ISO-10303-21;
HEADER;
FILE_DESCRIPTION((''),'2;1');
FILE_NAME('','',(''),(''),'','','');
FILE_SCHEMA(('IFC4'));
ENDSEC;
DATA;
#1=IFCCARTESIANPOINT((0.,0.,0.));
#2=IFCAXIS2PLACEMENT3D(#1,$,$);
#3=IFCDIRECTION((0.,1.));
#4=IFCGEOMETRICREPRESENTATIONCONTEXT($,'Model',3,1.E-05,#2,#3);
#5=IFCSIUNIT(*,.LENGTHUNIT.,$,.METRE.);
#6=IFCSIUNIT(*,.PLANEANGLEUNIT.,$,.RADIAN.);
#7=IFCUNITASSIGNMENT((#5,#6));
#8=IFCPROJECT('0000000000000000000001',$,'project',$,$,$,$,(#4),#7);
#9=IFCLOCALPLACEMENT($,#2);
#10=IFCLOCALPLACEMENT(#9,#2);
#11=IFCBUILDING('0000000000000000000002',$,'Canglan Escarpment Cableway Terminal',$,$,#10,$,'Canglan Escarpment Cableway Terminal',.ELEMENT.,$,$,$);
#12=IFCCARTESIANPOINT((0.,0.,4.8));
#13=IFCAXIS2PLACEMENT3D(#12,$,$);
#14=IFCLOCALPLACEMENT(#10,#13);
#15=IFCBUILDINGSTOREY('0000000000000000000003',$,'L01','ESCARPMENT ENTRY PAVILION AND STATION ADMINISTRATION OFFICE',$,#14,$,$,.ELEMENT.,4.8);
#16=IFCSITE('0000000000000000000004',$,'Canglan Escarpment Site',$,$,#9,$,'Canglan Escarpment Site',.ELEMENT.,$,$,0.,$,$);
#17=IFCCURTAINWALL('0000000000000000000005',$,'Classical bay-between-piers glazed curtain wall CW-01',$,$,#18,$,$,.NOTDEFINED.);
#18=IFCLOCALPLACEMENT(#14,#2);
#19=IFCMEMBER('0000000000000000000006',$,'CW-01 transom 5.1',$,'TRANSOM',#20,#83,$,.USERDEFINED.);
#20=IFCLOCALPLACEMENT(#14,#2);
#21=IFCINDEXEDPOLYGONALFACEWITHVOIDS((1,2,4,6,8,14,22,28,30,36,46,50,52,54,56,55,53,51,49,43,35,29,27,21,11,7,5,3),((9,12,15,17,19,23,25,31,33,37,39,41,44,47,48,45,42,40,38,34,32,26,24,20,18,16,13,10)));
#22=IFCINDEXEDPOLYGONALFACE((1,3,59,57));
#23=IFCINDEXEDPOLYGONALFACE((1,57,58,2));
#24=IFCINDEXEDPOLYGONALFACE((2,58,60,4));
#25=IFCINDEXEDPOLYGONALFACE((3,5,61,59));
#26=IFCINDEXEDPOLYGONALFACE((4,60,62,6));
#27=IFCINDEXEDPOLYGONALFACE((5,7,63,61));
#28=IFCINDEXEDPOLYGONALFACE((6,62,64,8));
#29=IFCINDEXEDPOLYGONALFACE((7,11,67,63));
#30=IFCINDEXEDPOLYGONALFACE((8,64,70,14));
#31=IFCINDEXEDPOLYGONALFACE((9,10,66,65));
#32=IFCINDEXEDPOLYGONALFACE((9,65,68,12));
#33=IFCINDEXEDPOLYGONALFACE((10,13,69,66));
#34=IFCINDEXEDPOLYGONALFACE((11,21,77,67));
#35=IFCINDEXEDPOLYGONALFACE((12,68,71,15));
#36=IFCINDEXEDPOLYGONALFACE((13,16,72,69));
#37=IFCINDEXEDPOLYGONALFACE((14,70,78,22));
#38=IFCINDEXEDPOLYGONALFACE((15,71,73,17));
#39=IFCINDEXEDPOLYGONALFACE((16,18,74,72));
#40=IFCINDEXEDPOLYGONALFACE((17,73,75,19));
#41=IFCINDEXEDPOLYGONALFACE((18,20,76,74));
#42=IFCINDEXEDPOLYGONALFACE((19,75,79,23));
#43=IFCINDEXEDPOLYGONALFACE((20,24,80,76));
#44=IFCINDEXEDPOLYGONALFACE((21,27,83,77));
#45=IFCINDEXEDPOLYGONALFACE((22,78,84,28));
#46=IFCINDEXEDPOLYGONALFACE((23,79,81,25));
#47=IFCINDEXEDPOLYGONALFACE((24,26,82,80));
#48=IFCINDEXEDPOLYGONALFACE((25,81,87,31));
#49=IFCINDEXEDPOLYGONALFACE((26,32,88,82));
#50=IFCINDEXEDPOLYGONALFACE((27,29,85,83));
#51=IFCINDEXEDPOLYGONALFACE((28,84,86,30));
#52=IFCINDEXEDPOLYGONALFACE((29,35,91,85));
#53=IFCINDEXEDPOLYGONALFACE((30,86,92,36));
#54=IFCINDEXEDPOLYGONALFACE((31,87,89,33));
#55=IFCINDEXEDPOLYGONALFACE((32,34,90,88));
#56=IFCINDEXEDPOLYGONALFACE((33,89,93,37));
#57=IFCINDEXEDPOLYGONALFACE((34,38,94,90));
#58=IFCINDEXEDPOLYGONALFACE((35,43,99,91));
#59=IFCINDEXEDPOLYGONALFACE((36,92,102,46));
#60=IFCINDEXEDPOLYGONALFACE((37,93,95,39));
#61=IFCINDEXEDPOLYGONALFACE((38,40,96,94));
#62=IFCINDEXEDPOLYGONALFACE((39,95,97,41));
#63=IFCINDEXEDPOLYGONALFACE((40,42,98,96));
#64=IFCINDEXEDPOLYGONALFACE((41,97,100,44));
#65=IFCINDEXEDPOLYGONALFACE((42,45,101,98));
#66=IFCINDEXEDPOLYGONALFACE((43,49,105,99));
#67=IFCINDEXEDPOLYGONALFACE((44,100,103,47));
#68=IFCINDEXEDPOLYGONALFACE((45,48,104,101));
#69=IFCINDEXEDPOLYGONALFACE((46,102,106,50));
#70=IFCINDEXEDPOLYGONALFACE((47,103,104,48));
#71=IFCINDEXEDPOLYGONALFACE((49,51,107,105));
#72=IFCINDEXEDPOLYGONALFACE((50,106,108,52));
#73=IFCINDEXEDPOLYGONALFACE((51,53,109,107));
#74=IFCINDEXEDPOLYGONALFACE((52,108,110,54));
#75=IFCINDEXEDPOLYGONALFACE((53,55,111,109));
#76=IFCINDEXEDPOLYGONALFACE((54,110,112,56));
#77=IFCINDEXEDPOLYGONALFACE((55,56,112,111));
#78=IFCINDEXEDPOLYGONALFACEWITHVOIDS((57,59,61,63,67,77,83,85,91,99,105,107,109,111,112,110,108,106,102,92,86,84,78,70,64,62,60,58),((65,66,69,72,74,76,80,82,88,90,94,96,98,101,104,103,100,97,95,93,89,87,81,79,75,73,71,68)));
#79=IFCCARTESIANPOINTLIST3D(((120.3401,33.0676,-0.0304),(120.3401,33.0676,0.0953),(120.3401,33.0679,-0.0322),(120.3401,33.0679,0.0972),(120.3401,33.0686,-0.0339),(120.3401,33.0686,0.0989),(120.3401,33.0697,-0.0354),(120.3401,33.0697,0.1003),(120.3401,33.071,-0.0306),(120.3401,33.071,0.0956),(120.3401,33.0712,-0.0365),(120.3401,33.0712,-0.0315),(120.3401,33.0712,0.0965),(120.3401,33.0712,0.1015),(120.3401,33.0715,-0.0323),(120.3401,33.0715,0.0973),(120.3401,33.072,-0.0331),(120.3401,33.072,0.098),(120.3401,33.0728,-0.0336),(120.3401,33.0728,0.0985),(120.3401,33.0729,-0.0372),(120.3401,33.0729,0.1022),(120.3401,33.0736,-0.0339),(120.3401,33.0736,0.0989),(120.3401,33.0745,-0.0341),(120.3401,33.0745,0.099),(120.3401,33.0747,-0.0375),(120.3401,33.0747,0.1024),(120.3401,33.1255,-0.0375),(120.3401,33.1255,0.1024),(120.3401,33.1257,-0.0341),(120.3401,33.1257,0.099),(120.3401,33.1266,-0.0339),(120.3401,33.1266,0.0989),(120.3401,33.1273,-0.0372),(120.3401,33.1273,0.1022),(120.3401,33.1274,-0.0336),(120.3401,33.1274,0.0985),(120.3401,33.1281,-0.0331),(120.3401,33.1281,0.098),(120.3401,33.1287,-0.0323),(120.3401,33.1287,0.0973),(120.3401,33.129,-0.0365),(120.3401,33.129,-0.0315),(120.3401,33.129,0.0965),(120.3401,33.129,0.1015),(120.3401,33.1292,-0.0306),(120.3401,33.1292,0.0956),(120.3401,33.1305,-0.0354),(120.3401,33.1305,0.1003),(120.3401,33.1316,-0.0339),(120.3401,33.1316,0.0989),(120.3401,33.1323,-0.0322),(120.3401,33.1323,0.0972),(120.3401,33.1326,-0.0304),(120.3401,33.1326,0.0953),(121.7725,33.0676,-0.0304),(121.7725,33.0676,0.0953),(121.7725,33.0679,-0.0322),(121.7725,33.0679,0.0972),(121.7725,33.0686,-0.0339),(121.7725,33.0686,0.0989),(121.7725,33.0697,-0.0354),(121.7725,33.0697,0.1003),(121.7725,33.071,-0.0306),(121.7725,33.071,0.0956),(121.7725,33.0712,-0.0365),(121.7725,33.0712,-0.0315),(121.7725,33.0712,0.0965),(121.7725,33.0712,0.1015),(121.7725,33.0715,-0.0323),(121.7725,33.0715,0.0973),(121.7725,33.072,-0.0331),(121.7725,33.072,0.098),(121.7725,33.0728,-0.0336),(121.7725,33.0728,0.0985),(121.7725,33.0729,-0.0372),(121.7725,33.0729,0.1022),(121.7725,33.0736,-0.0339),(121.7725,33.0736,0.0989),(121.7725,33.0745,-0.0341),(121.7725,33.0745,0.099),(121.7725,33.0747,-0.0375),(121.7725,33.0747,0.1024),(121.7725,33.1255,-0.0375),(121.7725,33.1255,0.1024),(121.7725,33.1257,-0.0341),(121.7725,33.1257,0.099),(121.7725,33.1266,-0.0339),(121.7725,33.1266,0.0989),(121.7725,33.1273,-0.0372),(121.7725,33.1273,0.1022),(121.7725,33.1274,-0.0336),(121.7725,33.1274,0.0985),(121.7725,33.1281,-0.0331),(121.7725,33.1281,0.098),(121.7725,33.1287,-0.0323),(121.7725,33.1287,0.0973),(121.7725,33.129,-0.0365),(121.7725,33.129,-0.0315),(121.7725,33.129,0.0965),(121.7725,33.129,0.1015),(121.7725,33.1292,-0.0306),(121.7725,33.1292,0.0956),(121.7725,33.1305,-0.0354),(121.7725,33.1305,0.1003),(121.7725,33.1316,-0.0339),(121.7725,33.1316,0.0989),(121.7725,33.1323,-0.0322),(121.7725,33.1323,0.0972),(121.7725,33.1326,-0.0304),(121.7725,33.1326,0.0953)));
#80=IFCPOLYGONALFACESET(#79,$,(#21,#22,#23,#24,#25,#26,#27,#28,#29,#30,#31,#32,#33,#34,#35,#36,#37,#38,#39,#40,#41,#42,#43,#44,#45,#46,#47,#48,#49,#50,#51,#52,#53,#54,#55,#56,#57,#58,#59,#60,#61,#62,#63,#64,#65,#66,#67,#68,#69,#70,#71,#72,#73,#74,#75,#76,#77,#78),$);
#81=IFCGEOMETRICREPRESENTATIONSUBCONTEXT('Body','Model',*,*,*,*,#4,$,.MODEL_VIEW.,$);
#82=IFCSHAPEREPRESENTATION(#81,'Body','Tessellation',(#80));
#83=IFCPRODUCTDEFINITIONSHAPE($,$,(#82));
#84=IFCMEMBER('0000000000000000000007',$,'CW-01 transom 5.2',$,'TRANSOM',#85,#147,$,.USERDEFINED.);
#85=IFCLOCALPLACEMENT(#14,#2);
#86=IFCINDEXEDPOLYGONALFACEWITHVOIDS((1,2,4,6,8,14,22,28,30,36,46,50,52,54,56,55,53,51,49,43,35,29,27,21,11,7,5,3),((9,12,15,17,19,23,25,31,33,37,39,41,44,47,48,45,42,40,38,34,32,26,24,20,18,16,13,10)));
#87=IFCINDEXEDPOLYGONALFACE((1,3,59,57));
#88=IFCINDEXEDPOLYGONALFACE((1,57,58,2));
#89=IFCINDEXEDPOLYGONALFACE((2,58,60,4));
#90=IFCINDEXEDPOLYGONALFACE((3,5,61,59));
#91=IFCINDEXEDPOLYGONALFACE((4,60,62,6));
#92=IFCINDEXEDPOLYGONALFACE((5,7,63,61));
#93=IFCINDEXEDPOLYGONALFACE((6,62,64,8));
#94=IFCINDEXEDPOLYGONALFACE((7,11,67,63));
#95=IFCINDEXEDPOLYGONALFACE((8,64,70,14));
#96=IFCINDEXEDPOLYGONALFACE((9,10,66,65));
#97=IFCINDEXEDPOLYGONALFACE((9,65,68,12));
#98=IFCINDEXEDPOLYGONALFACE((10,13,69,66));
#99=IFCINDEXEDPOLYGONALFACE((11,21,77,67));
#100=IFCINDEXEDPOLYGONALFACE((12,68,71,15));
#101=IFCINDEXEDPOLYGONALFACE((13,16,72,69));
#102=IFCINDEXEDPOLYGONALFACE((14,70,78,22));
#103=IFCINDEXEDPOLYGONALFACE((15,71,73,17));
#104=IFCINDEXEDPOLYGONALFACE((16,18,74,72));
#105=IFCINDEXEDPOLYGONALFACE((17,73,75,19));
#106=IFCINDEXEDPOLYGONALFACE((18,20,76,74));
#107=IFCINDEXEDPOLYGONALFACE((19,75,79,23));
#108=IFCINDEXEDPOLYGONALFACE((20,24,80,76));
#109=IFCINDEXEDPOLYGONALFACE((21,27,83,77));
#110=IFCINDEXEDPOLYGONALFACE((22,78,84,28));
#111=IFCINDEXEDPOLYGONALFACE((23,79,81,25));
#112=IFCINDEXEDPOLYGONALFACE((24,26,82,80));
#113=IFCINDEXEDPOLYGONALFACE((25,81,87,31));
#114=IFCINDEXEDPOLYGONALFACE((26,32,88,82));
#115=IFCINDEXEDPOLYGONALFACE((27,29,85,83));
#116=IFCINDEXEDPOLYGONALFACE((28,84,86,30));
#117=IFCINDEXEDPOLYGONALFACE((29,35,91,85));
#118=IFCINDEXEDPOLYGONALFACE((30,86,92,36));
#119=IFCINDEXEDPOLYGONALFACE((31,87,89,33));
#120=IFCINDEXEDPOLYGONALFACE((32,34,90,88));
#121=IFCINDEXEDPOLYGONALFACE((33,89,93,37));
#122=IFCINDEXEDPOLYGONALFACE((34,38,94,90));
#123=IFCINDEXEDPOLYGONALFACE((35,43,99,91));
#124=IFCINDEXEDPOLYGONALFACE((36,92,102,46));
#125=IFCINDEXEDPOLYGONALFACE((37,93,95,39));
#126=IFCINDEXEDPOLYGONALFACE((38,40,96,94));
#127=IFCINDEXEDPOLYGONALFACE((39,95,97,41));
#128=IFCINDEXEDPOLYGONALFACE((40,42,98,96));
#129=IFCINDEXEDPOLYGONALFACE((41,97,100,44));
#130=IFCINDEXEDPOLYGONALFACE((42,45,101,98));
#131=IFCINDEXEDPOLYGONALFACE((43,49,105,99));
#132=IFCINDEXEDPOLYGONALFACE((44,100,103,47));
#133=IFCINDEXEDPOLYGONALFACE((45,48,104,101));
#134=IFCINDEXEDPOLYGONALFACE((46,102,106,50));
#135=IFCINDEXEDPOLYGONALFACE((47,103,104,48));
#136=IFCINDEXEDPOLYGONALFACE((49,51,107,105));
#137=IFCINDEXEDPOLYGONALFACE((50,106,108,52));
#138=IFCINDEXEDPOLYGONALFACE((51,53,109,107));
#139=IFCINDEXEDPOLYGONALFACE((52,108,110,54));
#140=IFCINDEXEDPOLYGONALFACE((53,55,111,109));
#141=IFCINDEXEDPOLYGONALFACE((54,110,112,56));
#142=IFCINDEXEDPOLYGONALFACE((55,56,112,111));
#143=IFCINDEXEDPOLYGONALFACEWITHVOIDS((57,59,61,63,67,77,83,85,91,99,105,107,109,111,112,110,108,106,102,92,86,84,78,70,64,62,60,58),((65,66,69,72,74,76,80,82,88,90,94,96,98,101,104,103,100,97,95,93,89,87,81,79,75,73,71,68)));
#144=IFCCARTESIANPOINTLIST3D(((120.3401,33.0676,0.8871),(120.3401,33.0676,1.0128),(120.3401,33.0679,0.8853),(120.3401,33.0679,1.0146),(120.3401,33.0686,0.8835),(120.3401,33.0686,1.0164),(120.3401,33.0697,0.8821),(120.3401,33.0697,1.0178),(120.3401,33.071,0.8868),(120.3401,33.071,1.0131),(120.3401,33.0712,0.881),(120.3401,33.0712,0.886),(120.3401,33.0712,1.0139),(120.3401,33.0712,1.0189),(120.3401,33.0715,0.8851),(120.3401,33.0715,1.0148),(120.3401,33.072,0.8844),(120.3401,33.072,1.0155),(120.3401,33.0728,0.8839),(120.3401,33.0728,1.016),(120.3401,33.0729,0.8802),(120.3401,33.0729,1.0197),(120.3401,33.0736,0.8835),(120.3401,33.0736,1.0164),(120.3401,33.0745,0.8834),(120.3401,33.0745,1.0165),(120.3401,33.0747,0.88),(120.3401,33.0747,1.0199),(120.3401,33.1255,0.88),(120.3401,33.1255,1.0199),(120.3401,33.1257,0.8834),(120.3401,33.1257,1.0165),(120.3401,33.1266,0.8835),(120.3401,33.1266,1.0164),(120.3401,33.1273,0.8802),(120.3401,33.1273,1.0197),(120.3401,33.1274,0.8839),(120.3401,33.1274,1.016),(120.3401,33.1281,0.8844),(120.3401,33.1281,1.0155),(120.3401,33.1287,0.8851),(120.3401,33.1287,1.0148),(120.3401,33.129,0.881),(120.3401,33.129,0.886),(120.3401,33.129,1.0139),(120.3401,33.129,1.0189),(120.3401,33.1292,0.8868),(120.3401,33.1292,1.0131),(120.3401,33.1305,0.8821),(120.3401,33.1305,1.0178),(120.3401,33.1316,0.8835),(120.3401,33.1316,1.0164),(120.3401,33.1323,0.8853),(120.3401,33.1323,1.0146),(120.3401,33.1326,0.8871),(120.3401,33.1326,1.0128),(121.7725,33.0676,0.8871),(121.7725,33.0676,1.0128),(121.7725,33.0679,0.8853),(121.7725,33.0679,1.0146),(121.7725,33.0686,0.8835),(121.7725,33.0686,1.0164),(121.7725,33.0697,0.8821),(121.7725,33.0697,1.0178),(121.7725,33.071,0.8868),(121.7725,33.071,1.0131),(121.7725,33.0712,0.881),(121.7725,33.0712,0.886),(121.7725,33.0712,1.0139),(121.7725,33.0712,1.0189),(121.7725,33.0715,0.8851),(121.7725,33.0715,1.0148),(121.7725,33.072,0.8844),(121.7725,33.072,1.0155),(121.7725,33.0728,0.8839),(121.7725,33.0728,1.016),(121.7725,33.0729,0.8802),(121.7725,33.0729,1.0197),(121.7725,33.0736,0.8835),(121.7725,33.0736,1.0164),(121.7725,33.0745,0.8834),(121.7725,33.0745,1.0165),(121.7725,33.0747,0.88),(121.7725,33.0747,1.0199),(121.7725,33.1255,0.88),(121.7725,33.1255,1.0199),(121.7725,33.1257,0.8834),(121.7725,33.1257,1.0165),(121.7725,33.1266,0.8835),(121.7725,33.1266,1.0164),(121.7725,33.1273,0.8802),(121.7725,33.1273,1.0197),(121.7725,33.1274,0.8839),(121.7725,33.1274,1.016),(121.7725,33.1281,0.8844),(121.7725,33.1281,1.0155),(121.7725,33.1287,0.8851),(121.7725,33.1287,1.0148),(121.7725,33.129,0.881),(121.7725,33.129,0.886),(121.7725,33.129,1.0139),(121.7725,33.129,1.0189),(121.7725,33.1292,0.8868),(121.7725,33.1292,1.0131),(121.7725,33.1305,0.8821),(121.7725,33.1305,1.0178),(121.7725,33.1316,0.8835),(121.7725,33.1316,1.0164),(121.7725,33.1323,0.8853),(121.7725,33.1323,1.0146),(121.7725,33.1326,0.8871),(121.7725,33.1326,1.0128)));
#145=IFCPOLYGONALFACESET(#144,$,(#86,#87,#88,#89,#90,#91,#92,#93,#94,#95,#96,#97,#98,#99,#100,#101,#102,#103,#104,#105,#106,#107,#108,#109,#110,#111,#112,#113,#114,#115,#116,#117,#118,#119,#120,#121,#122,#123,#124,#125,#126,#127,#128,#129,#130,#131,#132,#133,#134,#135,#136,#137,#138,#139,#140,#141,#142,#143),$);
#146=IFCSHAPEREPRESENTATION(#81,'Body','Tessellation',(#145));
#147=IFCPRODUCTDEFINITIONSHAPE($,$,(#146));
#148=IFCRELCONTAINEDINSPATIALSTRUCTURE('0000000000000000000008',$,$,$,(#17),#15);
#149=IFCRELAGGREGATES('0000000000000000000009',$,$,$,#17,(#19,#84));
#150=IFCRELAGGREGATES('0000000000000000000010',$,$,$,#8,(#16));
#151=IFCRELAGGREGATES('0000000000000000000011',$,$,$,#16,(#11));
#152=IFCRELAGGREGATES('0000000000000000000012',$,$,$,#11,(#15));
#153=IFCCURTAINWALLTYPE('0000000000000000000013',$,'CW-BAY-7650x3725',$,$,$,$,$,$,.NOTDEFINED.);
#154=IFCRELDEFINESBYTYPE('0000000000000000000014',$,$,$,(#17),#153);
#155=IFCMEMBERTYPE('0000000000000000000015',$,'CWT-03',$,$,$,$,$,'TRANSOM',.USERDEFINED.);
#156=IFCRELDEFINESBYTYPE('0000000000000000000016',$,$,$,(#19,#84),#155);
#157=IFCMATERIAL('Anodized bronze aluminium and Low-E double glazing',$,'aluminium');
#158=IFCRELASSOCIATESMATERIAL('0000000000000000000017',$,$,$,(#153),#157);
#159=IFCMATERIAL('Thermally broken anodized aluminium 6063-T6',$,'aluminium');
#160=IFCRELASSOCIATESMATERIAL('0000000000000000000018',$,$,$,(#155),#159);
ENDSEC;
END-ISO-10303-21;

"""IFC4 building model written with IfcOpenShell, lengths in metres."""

from ifc_helpers import new_model, si_unit, direction, frame, origin, origin_2d, place, context, subcontext, project, spatial, hollow_rectangle, extrude, material, material_profile, profile_set, type_object, element, aggregate, save


model = new_model("IFC4")

# Units and contexts
model_context = context("Model", 3, precision=1e-05, world=origin(), true_north=direction((0.0, 1.0)))
body_context = subcontext(model_context, "Body", "Model", "MODEL_VIEW")
ifc_project = project(units=[si_unit("LENGTHUNIT", "METRE"), si_unit("PLANEANGLEUNIT", "RADIAN")], contexts=[model_context])

# Site, building, storey
site_placement = place(None, origin())
site = spatial("IfcSite", under=ifc_project, at=site_placement, Name="Canglan Escarpment Site", LongName="Canglan Escarpment Site", CompositionType="ELEMENT", RefElevation=0.0)
building_placement = place(site_placement, origin())
building = spatial("IfcBuilding", under=site, at=building_placement, Name="Canglan Escarpment Cableway Terminal", LongName="Canglan Escarpment Cableway Terminal", CompositionType="ELEMENT")
storey_placement = place(building_placement, frame((0.0, 0.0, 4.8)))
storey = spatial("IfcBuildingStorey", under=building, at=storey_placement, Name="L01", Description="ESCARPMENT ENTRY PAVILION AND STATION ADMINISTRATION OFFICE", CompositionType="ELEMENT", Elevation=4.8)

# Curtain wall, members
ifc_material_1 = material(Name="Anodized bronze aluminium and Low-E double glazing", Category="aluminium")
curtain_wall_type = type_object("IfcCurtainWallType", Name="CW-BAY-7650x3725", PredefinedType="NOTDEFINED", material=ifc_material_1)
curtain_wall_placement = place(storey_placement, origin())
curtain_wall = element("IfcCurtainWall", 1, at=curtain_wall_placement, inside=storey, type_object=curtain_wall_type, Name="Classical bay-between-piers glazed curtain wall CW-01", PredefinedType="NOTDEFINED")
ifc_material_2 = material(Name="Thermally broken anodized aluminium 6063-T6", Category="aluminium")
ifc_material_profile_1 = material_profile(ifc_material_2, hollow_rectangle(XDim=0.0649, YDim=0.1399, WallThickness=0.0034, InnerFilletRadius=0.0034, OuterFilletRadius=0.0071, at=origin_2d()), Name="ALU-TRAN 65x140x3.5")
ifc_profile_set_1 = profile_set([ifc_material_profile_1], Name="Thermally broken anodized aluminium 6063-T6")
member_type_1 = type_object("IfcMemberType", Name="CWT-03", ElementType="TRANSOM", PredefinedType="USERDEFINED", material=ifc_profile_set_1)
member_1_placement = place(storey_placement, frame((121.7725, 33.1001, 0.0325), z_axis=(-1.0, 0.0, 0.0), x_axis=(0.0, -1.0, 0.0)))
member_1 = element("IfcMember", 2, at=member_1_placement, type_object=member_type_1, Name="CW-01 transom 5.1", ObjectType="TRANSOM", PredefinedType="USERDEFINED", context=body_context, shape_type="SweptSolid", body=[
    extrude(hollow_rectangle(XDim=0.0649, YDim=0.1399, WallThickness=0.0034, InnerFilletRadius=0.0034, OuterFilletRadius=0.0071, at=origin_2d()), origin(), (0.0, 0.0, 1.0), 1.4324),
])
member_2_placement = place(storey_placement, frame((121.7725, 33.1001, 0.95), z_axis=(-1.0, 0.0, 0.0), x_axis=(0.0, -1.0, 0.0)))
member_2 = element("IfcMember", 3, at=member_2_placement, type_object=member_type_1, Name="CW-01 transom 5.2", ObjectType="TRANSOM", PredefinedType="USERDEFINED", context=body_context, shape_type="SweptSolid", body=[
    extrude(hollow_rectangle(XDim=0.0649, YDim=0.1399, WallThickness=0.0034, InnerFilletRadius=0.0034, OuterFilletRadius=0.0071, at=origin_2d()), origin(), (0.0, 0.0, 1.0), 1.4324),
])
aggregate(curtain_wall, [member_1, member_2])

save(model, "model.ifc")
